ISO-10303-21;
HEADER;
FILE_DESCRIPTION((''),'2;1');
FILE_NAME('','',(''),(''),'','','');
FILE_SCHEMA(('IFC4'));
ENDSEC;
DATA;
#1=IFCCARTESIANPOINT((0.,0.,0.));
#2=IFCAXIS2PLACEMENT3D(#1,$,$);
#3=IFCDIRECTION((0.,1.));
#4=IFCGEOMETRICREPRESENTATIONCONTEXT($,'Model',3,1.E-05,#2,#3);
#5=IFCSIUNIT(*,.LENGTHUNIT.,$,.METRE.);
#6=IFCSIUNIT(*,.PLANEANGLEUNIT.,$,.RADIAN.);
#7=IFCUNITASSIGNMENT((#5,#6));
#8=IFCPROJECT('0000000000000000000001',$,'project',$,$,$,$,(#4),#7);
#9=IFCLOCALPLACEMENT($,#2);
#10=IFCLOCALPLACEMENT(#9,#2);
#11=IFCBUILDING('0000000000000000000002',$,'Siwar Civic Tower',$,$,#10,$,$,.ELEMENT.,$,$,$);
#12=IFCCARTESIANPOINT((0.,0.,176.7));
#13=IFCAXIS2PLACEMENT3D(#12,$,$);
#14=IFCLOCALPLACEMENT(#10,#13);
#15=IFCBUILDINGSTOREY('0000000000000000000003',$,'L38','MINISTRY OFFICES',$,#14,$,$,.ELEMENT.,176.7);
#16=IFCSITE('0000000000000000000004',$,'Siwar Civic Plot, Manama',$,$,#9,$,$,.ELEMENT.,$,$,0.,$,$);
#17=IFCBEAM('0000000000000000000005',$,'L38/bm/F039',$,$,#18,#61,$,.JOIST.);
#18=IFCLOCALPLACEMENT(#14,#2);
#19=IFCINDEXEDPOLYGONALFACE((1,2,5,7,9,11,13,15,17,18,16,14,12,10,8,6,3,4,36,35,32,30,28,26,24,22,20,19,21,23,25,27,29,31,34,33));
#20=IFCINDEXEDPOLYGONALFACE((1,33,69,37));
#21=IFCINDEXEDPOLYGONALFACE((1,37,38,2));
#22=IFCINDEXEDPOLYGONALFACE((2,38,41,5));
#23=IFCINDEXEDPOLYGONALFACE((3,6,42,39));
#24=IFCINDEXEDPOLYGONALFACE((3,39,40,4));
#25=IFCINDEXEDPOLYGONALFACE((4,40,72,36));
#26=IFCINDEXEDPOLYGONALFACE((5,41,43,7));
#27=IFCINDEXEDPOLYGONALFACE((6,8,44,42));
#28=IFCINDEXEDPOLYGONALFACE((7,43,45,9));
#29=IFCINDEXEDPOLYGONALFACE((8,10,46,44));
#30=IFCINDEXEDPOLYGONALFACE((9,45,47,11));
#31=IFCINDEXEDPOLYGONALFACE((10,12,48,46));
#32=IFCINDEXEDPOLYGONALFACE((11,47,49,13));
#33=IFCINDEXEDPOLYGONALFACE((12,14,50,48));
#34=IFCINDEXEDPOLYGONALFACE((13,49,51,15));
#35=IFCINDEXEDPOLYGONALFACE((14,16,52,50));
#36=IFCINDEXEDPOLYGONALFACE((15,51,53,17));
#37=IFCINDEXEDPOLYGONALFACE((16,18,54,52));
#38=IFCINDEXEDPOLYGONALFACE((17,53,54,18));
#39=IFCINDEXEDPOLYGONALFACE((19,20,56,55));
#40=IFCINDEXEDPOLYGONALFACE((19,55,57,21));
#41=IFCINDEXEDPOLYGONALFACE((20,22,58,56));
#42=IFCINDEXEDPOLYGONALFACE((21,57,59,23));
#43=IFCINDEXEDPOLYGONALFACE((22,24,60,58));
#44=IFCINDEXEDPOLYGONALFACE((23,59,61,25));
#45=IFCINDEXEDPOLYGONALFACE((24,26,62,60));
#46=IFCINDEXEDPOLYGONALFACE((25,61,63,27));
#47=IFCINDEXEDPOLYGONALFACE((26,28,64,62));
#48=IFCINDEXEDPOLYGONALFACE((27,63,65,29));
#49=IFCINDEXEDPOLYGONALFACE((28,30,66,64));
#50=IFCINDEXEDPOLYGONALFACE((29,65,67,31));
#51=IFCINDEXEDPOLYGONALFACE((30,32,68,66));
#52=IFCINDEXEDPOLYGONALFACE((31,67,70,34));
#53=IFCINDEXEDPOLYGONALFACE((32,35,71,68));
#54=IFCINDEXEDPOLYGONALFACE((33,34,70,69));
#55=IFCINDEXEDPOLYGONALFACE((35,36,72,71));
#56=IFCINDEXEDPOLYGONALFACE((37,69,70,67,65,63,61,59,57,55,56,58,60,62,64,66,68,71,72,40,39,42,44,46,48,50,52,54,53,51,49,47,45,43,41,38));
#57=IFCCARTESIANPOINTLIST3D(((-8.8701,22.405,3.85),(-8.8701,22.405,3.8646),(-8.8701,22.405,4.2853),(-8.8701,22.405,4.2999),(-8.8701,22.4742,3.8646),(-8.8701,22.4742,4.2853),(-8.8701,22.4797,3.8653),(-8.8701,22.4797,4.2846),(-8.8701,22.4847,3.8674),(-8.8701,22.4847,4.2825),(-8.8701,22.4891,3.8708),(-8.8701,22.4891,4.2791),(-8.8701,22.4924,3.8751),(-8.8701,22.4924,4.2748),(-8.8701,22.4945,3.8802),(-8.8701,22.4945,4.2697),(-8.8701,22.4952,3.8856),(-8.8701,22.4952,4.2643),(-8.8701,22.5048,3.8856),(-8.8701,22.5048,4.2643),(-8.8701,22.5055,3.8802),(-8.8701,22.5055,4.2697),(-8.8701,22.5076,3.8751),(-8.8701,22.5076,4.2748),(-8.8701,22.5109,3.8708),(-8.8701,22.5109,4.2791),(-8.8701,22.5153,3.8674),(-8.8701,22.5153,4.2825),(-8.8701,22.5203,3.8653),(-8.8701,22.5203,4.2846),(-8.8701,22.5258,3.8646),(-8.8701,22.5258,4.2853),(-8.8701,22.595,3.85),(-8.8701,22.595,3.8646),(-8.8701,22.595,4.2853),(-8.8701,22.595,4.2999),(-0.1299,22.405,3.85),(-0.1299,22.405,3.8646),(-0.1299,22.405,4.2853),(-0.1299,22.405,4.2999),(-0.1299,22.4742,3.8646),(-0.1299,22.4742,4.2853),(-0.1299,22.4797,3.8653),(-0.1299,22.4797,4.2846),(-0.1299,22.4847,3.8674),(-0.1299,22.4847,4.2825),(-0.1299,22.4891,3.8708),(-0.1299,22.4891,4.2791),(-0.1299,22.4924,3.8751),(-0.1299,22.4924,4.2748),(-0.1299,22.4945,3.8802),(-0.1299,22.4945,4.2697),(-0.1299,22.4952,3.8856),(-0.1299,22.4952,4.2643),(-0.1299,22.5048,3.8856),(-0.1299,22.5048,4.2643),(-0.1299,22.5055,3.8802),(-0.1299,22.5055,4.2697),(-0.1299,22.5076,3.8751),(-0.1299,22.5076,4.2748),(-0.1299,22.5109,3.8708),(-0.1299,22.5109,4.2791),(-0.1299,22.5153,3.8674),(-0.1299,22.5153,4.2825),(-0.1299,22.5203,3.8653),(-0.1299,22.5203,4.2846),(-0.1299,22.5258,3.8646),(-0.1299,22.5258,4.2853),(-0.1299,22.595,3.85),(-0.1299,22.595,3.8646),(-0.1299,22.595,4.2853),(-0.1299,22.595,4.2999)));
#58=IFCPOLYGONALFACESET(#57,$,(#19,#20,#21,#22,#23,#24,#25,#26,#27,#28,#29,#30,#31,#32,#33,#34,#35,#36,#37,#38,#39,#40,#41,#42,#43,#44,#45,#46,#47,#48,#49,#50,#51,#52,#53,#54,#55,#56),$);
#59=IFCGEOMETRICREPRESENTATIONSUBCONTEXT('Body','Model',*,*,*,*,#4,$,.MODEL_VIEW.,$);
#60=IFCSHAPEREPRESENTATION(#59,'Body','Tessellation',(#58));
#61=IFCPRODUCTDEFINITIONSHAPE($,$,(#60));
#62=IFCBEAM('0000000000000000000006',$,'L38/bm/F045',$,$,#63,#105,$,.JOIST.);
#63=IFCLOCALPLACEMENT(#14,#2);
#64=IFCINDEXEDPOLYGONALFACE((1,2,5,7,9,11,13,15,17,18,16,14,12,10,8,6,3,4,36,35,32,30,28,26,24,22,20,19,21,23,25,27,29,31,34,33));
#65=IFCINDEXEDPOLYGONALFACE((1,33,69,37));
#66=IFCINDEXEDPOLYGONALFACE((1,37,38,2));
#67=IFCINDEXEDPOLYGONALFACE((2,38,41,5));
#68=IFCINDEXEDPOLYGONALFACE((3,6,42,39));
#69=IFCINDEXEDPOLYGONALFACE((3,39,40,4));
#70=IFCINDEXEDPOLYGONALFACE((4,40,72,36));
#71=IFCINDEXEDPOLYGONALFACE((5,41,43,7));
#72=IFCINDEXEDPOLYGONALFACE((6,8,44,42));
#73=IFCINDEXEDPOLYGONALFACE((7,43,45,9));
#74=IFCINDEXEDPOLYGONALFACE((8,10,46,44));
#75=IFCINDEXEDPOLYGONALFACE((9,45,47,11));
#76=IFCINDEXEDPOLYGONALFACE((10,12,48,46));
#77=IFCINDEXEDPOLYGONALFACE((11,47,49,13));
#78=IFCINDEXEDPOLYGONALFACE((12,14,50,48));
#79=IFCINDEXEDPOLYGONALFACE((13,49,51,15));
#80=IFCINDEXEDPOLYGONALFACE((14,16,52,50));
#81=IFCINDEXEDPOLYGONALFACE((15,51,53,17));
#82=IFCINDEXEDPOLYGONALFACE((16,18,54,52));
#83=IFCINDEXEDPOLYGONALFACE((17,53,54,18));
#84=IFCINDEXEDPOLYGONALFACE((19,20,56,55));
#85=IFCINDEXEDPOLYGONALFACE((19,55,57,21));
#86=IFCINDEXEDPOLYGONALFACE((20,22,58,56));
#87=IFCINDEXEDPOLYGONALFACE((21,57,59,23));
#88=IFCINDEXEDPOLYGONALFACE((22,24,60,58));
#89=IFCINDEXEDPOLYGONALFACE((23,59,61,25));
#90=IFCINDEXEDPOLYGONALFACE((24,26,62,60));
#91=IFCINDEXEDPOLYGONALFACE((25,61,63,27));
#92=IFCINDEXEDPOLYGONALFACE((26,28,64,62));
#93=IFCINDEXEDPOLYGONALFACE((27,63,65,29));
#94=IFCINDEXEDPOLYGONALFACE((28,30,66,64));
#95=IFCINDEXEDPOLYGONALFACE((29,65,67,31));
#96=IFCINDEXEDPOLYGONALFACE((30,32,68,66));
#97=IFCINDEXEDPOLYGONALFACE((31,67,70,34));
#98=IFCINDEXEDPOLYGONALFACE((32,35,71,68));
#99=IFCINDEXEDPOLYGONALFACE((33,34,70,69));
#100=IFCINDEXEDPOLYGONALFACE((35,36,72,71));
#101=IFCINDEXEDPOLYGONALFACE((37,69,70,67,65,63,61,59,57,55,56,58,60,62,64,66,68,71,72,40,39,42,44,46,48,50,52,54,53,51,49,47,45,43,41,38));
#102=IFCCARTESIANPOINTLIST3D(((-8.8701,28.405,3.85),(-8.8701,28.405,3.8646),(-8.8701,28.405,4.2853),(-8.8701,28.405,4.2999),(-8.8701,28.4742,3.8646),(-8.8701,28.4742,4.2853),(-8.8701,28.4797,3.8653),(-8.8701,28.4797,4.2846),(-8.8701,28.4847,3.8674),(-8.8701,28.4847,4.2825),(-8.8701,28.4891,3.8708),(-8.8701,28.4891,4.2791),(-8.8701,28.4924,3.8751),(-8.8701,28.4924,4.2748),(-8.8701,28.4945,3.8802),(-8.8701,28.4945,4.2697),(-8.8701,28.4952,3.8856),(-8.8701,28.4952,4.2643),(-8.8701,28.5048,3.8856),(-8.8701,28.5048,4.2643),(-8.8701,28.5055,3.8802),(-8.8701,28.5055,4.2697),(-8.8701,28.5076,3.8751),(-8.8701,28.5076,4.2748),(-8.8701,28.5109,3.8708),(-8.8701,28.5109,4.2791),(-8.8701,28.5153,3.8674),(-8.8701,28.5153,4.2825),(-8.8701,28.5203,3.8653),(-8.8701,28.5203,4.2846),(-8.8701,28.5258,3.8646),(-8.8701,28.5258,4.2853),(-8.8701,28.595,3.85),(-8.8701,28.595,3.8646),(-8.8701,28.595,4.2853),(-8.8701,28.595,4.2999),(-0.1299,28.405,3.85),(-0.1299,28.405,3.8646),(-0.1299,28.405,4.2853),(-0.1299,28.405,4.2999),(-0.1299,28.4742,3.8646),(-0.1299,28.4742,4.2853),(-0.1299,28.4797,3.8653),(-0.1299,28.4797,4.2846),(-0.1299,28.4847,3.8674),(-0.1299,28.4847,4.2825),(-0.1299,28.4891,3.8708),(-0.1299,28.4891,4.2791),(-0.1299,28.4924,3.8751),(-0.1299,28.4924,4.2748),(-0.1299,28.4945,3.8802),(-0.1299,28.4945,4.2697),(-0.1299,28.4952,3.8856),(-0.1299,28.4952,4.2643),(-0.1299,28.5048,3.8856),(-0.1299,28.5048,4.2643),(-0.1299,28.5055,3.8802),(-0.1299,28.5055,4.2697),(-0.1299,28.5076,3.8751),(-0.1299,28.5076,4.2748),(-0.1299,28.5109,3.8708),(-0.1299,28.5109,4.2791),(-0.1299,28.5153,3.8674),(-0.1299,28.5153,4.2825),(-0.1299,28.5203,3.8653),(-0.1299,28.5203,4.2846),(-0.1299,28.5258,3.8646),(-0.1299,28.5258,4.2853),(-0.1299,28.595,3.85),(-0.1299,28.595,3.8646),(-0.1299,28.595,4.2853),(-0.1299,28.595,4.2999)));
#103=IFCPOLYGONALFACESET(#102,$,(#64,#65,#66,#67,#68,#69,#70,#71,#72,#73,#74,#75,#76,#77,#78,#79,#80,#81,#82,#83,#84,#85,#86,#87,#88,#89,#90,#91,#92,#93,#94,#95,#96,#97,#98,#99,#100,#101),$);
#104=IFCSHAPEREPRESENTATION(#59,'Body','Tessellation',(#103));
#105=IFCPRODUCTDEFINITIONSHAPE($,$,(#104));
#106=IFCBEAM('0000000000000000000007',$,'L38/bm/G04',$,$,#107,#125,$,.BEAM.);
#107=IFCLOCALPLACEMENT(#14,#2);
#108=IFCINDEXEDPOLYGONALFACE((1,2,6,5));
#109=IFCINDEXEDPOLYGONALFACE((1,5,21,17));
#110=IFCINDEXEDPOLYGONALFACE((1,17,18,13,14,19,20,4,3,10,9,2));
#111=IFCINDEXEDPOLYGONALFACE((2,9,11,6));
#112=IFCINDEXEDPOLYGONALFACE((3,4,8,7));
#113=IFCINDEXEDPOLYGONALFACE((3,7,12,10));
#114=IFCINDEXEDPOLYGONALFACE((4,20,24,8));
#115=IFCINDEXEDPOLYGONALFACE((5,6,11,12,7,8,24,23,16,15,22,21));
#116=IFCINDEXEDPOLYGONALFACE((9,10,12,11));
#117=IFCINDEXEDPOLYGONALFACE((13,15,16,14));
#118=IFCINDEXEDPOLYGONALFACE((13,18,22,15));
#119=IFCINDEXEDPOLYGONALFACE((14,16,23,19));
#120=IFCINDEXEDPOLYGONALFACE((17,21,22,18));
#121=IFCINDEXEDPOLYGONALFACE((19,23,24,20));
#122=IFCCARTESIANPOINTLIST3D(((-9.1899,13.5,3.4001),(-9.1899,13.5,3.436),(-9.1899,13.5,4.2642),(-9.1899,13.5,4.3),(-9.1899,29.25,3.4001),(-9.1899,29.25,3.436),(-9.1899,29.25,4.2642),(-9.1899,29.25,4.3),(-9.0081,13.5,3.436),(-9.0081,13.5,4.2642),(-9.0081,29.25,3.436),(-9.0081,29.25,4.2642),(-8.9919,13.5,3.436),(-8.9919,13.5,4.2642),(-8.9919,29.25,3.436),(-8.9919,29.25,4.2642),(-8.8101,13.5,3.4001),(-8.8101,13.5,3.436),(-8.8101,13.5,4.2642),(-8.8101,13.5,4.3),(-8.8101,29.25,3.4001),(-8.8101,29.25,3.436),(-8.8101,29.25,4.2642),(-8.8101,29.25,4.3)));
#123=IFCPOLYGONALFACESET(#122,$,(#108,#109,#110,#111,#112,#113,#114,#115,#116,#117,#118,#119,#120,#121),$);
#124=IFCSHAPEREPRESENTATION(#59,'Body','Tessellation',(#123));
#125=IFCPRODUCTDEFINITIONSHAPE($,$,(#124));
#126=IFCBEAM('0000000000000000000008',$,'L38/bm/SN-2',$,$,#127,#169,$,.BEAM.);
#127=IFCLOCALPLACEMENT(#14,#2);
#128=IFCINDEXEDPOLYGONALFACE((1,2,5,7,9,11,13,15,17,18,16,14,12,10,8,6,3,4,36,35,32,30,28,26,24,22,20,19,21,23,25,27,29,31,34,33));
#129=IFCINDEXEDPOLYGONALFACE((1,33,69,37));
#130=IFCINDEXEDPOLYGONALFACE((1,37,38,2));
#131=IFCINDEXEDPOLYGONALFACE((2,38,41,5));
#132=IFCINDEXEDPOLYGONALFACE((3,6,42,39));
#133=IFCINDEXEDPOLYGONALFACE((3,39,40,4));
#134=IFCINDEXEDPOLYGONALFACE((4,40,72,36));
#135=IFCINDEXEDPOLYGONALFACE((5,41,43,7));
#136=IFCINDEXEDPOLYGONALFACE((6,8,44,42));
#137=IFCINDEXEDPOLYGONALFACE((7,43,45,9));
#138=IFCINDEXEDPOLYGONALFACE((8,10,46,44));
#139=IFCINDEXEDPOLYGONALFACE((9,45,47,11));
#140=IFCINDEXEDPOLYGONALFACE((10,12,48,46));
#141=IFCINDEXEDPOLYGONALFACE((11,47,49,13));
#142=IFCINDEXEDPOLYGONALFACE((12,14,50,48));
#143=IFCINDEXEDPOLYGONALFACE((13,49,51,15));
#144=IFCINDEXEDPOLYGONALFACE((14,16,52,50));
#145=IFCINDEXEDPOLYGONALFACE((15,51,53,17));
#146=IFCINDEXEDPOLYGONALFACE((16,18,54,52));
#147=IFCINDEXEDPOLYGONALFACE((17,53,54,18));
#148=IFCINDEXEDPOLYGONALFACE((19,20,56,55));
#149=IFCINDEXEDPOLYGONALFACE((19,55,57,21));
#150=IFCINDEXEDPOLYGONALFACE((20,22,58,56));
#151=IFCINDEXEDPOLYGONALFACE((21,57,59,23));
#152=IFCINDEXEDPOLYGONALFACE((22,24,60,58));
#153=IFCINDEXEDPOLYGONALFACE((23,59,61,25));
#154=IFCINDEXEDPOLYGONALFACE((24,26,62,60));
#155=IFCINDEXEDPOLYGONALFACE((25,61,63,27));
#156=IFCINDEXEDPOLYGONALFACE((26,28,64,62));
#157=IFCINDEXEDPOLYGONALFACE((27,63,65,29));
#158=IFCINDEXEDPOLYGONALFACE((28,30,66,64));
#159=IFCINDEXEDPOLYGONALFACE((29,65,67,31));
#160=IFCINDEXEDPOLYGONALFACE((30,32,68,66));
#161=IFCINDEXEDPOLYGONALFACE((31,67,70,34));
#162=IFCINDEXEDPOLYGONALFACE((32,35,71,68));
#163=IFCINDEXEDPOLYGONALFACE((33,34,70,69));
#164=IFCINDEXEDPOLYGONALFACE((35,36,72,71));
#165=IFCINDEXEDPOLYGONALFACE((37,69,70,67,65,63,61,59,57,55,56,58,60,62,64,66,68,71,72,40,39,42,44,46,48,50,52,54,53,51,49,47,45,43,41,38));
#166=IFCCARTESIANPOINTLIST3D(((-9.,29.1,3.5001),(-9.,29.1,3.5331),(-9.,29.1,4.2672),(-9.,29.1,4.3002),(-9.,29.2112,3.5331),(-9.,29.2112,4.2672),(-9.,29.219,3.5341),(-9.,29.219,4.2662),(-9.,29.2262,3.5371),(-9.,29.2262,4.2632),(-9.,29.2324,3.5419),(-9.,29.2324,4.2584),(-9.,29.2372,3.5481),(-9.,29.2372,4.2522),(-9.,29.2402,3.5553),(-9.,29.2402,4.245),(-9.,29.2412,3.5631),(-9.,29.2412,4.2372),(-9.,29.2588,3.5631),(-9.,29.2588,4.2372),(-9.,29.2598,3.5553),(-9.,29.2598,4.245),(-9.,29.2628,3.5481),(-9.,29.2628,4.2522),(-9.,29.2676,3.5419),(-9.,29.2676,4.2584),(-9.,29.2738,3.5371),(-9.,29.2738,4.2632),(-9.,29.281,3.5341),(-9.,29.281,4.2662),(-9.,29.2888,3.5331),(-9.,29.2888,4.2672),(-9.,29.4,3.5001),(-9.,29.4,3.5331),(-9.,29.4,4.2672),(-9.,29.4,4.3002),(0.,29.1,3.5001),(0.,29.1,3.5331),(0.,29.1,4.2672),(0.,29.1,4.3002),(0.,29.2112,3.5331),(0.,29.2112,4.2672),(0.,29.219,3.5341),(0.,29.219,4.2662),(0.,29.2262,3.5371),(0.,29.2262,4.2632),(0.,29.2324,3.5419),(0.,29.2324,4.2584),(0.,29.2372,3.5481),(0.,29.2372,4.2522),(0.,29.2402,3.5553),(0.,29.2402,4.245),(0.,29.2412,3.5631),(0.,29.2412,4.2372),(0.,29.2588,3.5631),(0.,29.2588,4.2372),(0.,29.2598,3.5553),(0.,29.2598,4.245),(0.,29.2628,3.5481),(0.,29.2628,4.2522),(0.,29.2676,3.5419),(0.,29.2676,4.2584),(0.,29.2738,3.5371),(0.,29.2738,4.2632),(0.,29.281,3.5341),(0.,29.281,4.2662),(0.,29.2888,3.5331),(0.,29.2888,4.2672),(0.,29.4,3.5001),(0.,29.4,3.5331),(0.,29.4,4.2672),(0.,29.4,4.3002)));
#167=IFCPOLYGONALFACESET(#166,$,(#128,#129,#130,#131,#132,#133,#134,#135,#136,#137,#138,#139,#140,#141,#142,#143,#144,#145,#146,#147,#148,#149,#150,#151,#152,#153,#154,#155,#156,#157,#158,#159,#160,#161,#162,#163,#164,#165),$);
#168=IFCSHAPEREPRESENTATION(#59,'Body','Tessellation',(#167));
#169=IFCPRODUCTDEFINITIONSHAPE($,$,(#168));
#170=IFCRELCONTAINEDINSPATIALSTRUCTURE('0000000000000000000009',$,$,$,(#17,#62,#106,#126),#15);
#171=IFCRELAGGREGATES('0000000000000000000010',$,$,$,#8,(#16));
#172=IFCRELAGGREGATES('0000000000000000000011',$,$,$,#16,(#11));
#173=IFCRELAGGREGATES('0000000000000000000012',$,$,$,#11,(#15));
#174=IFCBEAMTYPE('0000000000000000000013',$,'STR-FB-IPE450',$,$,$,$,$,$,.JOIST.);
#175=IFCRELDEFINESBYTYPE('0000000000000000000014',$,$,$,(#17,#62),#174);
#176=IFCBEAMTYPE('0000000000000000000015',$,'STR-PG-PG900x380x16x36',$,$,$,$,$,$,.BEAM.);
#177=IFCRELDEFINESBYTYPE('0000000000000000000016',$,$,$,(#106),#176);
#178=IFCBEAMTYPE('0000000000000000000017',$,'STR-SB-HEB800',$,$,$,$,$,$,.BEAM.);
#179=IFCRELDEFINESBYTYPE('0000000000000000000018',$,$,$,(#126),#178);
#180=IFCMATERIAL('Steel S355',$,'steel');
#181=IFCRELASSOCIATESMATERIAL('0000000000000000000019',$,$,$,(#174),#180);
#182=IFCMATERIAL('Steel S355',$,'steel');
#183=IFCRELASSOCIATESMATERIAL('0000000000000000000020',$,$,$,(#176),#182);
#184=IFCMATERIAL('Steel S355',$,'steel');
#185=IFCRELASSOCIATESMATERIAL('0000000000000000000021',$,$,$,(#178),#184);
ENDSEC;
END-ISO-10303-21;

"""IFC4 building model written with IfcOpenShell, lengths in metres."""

from ifc_helpers import new_model, si_unit, direction, frame, origin, origin_2d, place, context, subcontext, project, spatial, i_section, extrude, material, material_profile, profile_set, type_object, element, save


model = new_model("IFC4")

# Units and contexts
model_context = context("Model", 3, precision=1e-05, world=origin(), true_north=direction((0.0, 1.0)))
body_context = subcontext(model_context, "Body", "Model", "MODEL_VIEW")
ifc_project = project(units=[si_unit("LENGTHUNIT", "METRE"), si_unit("PLANEANGLEUNIT", "RADIAN")], contexts=[model_context])

# Site, building, storey
site_placement = place(None, origin())
site = spatial("IfcSite", under=ifc_project, at=site_placement, Name="Siwar Civic Plot, Manama", CompositionType="ELEMENT", RefElevation=0.0)
building_placement = place(site_placement, origin())
building = spatial("IfcBuilding", under=site, at=building_placement, Name="Siwar Civic Tower", CompositionType="ELEMENT")
storey_placement = place(building_placement, frame((0.0, 0.0, 176.7)))
storey = spatial("IfcBuildingStorey", under=building, at=storey_placement, Name="L38", Description="MINISTRY OFFICES", CompositionType="ELEMENT", Elevation=176.7)

# Beams
ifc_material_1 = material(Name="Steel S355", Category="steel")
ifc_material_profile_1 = material_profile(ifc_material_1, i_section(OverallWidth=0.1899, OverallDepth=0.45, WebThickness=0.0095, FlangeThickness=0.0146, FilletRadius=0.021, at=origin_2d()), Name="IPE450")
ifc_profile_set_1 = profile_set([ifc_material_profile_1], Name="Steel S355")
beam_type_1 = type_object("IfcBeamType", Name="STR-FB-IPE450", PredefinedType="JOIST", material=ifc_profile_set_1)
for number, where, z_axis, x_axis, name in (
    (1, (-8.8701, 22.5, 4.075), (1.0, 0.0, 0.0), (0.0, 1.0, 0.0), "L38/bm/F039"),
    (2, (-8.8701, 28.5, 4.075), (1.0, 0.0, 0.0), (0.0, 1.0, 0.0), "L38/bm/F045"),
):
    element("IfcBeam", number, at=place(storey_placement, frame(where, z_axis=z_axis, x_axis=x_axis)), inside=storey, type_object=beam_type_1, Name=name, PredefinedType="JOIST", context=body_context, shape_type="SweptSolid", body=[
        extrude(i_section(OverallWidth=0.1899, OverallDepth=0.45, WebThickness=0.0095, FlangeThickness=0.0146, FilletRadius=0.021, at=origin_2d()), origin(), (0.0, 0.0, 1.0), 8.7402),
    ])
ifc_material_2 = material(Name="Steel S355", Category="steel")
ifc_material_profile_2 = material_profile(ifc_material_2, i_section(OverallWidth=0.3799, OverallDepth=0.8999, WebThickness=0.0161, FlangeThickness=0.0359, at=origin_2d()), Name="PG900x380x16x36")
ifc_profile_set_2 = profile_set([ifc_material_profile_2], Name="Steel S355")
beam_type_2 = type_object("IfcBeamType", Name="STR-PG-PG900x380x16x36", PredefinedType="BEAM", material=ifc_profile_set_2)
beam_1_placement = place(storey_placement, frame((-9.0, 13.5, 3.8501), z_axis=(0.0, 1.0, 0.0), x_axis=(-1.0, 0.0, 0.0)))
element("IfcBeam", 3, at=beam_1_placement, inside=storey, type_object=beam_type_2, Name="L38/bm/G04", PredefinedType="BEAM", context=body_context, shape_type="SweptSolid", body=[
    extrude(i_section(OverallWidth=0.3799, OverallDepth=0.8999, WebThickness=0.0161, FlangeThickness=0.0359, at=origin_2d()), origin(), (0.0, 0.0, 1.0), 15.75),
])
ifc_material_3 = material(Name="Steel S355", Category="steel")
ifc_material_profile_3 = material_profile(ifc_material_3, i_section(OverallWidth=0.3, OverallDepth=0.8, WebThickness=0.0176, FlangeThickness=0.033, FilletRadius=0.03, at=origin_2d()), Name="HEB800")
ifc_profile_set_3 = profile_set([ifc_material_profile_3], Name="Steel S355")
beam_type_3 = type_object("IfcBeamType", Name="STR-SB-HEB800", PredefinedType="BEAM", material=ifc_profile_set_3)
for number, where, z_axis, x_axis, name in (
    (4, (0.0, 29.25, 3.9001), (-1.0, 0.0, 0.0), (0.0, -1.0, 0.0), "L38/bm/SN-2"),
):
    element("IfcBeam", number, at=place(storey_placement, frame(where, z_axis=z_axis, x_axis=x_axis)), inside=storey, type_object=beam_type_3, Name=name, PredefinedType="BEAM", context=body_context, shape_type="SweptSolid", body=[
        extrude(i_section(OverallWidth=0.3, OverallDepth=0.8, WebThickness=0.0176, FlangeThickness=0.033, FilletRadius=0.03, at=origin_2d()), origin(), (0.0, 0.0, 1.0), 9.0),
    ])

save(model, "model.ifc")
